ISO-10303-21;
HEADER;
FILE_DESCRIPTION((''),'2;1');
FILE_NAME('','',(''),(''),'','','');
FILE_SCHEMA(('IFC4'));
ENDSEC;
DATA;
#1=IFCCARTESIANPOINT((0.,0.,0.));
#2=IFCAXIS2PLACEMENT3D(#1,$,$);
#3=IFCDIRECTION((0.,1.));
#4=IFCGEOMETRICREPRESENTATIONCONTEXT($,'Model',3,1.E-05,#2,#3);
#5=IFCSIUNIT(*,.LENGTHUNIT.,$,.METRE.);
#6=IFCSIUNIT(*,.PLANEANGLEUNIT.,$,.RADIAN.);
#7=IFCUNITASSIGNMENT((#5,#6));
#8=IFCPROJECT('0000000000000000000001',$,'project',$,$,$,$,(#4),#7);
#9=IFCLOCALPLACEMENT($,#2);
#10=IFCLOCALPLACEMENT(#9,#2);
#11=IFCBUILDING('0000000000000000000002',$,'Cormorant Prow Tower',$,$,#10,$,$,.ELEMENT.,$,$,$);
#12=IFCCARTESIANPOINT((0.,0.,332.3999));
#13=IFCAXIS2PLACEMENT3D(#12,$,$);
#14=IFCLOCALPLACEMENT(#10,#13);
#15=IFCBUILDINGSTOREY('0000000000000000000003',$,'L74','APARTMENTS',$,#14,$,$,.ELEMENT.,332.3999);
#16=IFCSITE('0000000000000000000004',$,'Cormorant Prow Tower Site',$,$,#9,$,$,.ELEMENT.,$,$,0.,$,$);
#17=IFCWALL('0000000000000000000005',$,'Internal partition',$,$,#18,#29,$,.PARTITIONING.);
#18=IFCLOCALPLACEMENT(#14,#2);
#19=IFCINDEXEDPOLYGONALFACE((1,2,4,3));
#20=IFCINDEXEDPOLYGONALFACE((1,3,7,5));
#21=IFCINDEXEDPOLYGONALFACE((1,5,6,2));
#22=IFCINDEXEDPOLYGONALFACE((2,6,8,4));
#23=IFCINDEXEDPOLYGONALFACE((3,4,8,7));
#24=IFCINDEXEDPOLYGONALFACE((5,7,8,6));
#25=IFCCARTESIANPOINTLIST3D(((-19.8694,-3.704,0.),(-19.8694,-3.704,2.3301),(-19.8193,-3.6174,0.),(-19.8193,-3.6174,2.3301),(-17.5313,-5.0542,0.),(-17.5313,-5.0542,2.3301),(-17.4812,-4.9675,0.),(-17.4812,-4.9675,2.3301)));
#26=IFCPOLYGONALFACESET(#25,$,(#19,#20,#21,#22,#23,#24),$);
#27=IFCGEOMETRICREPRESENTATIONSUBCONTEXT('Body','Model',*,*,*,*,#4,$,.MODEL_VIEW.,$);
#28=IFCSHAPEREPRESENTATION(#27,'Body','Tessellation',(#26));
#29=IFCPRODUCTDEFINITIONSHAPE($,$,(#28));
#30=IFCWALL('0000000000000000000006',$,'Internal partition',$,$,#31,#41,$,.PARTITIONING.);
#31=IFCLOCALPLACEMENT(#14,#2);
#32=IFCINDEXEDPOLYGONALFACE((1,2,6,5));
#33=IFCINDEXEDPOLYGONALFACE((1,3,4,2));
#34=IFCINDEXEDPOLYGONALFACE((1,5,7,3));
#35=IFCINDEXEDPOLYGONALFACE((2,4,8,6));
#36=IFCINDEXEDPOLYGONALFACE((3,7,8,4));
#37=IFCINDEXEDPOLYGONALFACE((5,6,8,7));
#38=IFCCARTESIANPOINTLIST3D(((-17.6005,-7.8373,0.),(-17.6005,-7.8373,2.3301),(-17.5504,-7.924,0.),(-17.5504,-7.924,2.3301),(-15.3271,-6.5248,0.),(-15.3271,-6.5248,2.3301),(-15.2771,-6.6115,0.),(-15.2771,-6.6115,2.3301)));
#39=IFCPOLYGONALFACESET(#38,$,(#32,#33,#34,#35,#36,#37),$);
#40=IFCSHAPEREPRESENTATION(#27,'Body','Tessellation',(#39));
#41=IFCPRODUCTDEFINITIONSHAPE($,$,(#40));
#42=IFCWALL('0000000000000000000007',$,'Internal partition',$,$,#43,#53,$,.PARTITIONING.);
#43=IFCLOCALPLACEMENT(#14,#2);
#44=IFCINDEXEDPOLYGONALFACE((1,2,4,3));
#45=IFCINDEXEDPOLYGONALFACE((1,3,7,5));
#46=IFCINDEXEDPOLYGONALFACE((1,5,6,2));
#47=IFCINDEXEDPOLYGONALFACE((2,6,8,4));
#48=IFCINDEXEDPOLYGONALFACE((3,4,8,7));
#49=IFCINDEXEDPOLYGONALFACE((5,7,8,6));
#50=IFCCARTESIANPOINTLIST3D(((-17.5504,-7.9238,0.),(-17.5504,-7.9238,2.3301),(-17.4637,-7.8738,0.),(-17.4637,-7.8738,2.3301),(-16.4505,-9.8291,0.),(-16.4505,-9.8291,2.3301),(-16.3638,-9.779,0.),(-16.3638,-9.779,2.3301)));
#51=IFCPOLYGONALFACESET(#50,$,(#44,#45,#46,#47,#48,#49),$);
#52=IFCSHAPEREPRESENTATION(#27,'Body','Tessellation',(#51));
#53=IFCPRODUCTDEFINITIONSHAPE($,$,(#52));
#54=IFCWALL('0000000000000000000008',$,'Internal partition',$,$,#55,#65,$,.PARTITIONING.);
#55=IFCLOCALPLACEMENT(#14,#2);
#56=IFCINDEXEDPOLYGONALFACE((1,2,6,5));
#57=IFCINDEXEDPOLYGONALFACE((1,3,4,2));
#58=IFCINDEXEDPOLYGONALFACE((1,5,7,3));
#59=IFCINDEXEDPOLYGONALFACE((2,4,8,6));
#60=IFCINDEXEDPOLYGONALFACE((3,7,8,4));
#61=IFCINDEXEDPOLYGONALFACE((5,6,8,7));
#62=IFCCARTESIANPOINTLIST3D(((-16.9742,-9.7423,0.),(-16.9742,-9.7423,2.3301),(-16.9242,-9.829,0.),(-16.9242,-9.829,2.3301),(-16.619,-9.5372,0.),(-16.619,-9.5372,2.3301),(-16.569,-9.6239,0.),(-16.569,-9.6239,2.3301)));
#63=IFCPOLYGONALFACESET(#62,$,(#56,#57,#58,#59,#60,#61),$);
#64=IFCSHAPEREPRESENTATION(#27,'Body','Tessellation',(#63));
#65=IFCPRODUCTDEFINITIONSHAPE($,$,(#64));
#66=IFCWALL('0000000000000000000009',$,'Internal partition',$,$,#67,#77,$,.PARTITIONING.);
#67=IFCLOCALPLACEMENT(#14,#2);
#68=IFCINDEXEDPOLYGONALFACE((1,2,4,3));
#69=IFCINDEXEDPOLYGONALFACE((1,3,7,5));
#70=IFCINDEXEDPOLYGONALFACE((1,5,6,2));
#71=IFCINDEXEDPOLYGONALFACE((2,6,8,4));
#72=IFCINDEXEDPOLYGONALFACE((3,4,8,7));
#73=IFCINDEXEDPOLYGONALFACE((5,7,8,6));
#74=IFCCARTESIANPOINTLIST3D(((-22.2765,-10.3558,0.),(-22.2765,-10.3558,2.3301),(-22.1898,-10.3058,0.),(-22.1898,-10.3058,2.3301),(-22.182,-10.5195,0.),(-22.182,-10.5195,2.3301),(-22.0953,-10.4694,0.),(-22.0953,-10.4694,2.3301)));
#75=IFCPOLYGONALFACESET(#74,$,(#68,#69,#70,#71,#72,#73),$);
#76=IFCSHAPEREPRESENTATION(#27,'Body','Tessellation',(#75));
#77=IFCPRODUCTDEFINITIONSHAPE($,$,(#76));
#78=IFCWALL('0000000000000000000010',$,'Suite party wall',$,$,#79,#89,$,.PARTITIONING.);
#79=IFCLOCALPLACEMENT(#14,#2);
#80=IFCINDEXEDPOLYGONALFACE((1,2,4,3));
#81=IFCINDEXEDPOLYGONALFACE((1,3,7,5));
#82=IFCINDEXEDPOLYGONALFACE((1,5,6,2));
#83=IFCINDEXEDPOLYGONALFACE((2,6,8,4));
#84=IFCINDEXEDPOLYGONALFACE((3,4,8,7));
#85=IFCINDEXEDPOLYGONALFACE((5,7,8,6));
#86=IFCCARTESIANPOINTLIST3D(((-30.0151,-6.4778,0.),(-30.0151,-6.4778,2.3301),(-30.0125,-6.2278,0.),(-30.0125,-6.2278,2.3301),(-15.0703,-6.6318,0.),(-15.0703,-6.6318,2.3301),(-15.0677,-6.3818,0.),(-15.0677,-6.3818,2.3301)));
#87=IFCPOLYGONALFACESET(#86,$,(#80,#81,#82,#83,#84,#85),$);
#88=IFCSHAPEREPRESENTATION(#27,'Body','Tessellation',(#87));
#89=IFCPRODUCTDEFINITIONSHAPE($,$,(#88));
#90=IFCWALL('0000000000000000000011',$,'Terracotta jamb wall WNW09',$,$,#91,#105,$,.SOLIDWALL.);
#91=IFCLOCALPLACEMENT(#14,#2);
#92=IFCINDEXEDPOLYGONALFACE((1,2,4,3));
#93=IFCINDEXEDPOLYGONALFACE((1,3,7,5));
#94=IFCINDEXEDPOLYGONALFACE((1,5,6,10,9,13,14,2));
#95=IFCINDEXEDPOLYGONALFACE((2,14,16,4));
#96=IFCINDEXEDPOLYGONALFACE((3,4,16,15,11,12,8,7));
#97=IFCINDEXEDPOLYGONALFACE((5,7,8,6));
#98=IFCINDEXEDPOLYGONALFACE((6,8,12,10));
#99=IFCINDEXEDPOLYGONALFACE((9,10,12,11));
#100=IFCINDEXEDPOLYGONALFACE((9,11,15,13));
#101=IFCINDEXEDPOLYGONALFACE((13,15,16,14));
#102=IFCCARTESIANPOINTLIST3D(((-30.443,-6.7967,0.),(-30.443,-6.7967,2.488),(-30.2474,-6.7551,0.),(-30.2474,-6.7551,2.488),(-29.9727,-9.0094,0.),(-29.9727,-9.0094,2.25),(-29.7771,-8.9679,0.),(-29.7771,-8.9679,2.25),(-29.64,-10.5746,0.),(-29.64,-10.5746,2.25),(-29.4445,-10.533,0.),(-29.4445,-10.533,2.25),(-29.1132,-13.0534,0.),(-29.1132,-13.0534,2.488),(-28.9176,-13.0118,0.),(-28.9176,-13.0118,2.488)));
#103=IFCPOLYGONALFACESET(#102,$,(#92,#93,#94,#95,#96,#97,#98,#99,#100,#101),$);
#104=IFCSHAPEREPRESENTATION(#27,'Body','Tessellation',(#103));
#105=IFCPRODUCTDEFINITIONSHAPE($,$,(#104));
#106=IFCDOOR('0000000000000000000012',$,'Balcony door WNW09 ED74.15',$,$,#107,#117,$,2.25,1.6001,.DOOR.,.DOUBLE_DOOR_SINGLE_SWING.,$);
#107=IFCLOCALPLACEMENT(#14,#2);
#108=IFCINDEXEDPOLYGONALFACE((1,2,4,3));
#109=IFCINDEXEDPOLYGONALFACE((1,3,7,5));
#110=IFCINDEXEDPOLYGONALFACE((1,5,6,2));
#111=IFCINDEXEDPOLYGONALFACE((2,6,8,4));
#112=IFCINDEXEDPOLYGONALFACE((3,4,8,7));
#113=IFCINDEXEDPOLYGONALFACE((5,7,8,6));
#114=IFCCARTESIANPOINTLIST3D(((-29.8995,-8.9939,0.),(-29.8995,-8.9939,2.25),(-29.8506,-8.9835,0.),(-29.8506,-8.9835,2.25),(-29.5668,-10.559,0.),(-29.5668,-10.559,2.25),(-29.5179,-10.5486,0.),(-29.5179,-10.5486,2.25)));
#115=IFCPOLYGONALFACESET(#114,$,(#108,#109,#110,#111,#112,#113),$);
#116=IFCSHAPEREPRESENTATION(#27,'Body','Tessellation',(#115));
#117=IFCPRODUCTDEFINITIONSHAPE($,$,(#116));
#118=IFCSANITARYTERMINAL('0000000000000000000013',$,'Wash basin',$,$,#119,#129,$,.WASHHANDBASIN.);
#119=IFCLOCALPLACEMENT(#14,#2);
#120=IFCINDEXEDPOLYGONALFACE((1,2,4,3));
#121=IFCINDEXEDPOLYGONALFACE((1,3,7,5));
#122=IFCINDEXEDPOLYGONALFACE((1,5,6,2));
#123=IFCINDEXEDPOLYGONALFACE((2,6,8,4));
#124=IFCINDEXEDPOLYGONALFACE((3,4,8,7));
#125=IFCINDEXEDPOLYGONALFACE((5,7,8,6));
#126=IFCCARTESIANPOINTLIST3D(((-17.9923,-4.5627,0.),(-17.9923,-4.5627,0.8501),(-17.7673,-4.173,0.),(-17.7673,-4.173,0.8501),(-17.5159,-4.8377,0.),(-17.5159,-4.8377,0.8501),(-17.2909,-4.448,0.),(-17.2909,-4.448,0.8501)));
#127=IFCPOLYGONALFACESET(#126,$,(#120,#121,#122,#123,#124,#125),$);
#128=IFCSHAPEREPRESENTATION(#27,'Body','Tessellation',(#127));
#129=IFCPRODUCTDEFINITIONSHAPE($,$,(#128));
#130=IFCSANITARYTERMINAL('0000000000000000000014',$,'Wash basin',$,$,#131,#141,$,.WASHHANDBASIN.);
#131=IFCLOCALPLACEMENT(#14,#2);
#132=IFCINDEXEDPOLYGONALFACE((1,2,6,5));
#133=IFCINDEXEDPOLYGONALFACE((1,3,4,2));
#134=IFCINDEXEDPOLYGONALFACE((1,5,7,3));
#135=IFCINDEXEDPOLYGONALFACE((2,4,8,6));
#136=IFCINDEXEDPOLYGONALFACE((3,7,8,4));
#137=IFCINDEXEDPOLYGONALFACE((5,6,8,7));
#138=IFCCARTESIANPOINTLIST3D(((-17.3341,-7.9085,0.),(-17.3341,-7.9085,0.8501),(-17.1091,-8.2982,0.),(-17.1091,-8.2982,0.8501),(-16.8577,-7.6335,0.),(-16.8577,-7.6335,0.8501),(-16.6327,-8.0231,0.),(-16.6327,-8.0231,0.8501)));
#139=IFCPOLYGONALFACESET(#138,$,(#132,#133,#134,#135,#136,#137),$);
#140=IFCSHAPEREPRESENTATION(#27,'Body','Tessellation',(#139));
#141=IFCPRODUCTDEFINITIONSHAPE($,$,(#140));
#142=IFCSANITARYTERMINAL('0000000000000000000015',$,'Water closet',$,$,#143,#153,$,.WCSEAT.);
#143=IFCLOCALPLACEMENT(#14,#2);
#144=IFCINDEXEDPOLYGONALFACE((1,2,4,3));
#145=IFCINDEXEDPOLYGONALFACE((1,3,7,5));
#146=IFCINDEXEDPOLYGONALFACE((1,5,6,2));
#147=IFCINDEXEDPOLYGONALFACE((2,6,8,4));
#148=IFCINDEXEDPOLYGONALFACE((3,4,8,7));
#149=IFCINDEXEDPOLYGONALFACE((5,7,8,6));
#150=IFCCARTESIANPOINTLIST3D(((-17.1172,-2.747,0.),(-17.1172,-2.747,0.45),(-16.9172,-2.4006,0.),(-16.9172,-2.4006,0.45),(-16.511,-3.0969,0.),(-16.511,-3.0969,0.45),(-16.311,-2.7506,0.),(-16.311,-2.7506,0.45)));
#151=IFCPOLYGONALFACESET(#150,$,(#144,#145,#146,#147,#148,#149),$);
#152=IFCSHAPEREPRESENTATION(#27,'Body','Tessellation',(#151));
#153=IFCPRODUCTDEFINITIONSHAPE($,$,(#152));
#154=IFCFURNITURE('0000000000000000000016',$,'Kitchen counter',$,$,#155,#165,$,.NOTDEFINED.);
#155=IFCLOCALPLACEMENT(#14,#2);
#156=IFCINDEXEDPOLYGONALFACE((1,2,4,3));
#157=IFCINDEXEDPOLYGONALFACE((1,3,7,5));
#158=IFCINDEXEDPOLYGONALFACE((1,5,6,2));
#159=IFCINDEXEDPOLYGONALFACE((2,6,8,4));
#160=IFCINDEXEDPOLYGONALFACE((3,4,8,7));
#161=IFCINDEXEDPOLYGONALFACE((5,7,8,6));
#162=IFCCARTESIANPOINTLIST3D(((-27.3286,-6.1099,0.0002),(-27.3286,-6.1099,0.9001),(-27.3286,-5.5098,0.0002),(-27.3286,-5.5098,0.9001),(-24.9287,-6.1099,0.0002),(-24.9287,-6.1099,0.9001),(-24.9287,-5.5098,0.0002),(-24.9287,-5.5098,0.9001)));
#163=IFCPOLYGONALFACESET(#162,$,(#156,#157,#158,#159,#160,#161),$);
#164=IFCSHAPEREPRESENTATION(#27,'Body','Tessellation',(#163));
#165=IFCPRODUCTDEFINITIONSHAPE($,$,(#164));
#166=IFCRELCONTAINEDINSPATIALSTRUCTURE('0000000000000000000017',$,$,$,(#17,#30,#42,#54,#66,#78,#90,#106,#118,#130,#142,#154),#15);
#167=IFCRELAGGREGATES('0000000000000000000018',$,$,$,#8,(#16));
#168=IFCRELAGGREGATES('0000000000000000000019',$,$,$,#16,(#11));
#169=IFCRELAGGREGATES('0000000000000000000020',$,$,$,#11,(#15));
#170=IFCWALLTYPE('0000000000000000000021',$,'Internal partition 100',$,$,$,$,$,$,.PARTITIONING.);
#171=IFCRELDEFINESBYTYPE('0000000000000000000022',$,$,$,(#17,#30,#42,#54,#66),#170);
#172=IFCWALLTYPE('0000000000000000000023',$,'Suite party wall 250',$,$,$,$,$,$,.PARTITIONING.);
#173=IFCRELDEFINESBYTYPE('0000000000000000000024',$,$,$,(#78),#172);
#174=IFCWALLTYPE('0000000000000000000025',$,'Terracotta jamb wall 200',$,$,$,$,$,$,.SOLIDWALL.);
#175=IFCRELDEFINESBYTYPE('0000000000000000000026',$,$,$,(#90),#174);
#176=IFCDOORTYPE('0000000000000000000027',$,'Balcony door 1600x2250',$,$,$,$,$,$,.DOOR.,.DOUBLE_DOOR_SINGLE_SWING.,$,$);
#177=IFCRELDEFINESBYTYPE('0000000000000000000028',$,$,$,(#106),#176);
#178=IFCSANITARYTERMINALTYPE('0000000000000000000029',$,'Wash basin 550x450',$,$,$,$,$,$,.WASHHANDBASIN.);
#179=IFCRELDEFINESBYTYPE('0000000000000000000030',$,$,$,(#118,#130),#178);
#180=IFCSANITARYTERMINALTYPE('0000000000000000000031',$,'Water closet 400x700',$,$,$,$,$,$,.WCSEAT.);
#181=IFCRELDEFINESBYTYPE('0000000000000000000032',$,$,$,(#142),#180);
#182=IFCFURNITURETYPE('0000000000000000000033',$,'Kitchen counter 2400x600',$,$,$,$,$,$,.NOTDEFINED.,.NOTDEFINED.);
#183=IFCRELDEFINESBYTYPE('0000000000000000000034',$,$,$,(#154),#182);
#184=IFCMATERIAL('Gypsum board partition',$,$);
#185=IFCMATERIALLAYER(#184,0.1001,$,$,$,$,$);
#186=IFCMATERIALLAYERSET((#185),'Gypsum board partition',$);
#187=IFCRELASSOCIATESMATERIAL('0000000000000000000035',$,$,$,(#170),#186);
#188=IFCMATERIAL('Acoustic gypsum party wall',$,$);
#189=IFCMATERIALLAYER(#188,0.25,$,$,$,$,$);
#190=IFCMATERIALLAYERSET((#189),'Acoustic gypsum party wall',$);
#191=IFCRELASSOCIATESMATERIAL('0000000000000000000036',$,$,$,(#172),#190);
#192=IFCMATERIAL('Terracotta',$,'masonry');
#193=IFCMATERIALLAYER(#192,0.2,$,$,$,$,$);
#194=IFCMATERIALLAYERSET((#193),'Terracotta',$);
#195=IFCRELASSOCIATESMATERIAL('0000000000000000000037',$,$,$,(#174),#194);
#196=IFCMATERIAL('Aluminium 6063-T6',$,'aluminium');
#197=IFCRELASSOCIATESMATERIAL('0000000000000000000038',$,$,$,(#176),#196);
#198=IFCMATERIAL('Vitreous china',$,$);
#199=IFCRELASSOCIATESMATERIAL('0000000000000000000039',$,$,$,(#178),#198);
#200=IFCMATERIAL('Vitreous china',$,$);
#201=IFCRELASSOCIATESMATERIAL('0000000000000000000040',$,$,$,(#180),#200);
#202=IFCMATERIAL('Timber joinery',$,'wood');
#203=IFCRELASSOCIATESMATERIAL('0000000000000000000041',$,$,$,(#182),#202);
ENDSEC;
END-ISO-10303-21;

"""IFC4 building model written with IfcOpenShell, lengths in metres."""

from ifc_helpers import new_model, si_unit, direction, frame, frame_2d, origin, origin_2d, place, context, subcontext, project, spatial, rectangle, extrude, material, layer, layer_set, type_object, element, fill, save


model = new_model("IFC4")

# Units and contexts
model_context = context("Model", 3, precision=1e-05, world=origin(), true_north=direction((0.0, 1.0)))
body_context = subcontext(model_context, "Body", "Model", "MODEL_VIEW")
ifc_project = project(units=[si_unit("LENGTHUNIT", "METRE"), si_unit("PLANEANGLEUNIT", "RADIAN")], contexts=[model_context])

# Site, building, storey
site_placement = place(None, origin())
site = spatial("IfcSite", under=ifc_project, at=site_placement, Name="Cormorant Prow Tower Site", CompositionType="ELEMENT", RefElevation=0.0)
building_placement = place(site_placement, origin())
building = spatial("IfcBuilding", under=site, at=building_placement, Name="Cormorant Prow Tower", CompositionType="ELEMENT")
storey_placement = place(building_placement, frame((0.0, 0.0, 332.3999)))
storey = spatial("IfcBuildingStorey", under=building, at=storey_placement, Name="L74", Description="APARTMENTS", CompositionType="ELEMENT", Elevation=332.3999)

# Shared definitions
ifc_material_1 = material(Name="Gypsum board partition")
ifc_layer_1 = layer(ifc_material_1, 0.1001)
ifc_layer_set_1 = layer_set([ifc_layer_1], Name="Gypsum board partition")
wall_type_1 = type_object("IfcWallType", Name="Internal partition 100", PredefinedType="PARTITIONING", material=ifc_layer_set_1)

# Walls
wall_1_placement = place(storey_placement, frame((-19.8445, -3.6606, 0.0), z_axis=(0.0, 0.0, 1.0), x_axis=(0.865997, -0.500049, 0.0)))
element("IfcWall", 1, at=wall_1_placement, inside=storey, type_object=wall_type_1, Name="Internal partition", PredefinedType="PARTITIONING", context=body_context, shape_type="SweptSolid", body=[
    extrude(rectangle(XDim=2.7, YDim=0.1001, at=frame_2d((1.3501, 0.0))), origin(), (0.0, 0.0, 1.0), 2.3301),
])
wall_2_placement = place(storey_placement, frame((-17.5754, -7.8806, 0.0), z_axis=(0.0, 0.0, 1.0), x_axis=(0.866037, 0.49998, 0.0)))
element("IfcWall", 2, at=wall_2_placement, inside=storey, type_object=wall_type_1, Name="Internal partition", PredefinedType="PARTITIONING", context=body_context, shape_type="SweptSolid", body=[
    extrude(rectangle(XDim=2.625, YDim=0.1001, at=frame_2d((1.3125, 0.0))), origin(), (0.0, 0.0, 1.0), 2.3301),
])
wall_3_placement = place(storey_placement, frame((-17.5071, -7.8987, 0.0), z_axis=(0.0, 0.0, 1.0), x_axis=(0.499947, -0.866056, 0.0)))
element("IfcWall", 3, at=wall_3_placement, inside=storey, type_object=wall_type_1, Name="Internal partition", PredefinedType="PARTITIONING", context=body_context, shape_type="SweptSolid", body=[
    extrude(rectangle(XDim=2.2, YDim=0.1001, at=frame_2d((1.1001, 0.0))), origin(), (0.0, 0.0, 1.0), 2.3301),
])
wall_4_placement = place(storey_placement, frame((-16.9492, -9.7856, 0.0), z_axis=(0.0, 0.0, 1.0), x_axis=(0.866037, 0.49998, 0.0)))
element("IfcWall", 4, at=wall_4_placement, inside=storey, type_object=wall_type_1, Name="Internal partition", PredefinedType="PARTITIONING", context=body_context, shape_type="SweptSolid", body=[
    extrude(rectangle(XDim=0.4102, YDim=0.1001, at=frame_2d((0.2051, 0.0))), origin(), (0.0, 0.0, 1.0), 2.3301),
])
wall_5_placement = place(storey_placement, frame((-22.2332, -10.3308, 0.0), z_axis=(0.0, 0.0, 1.0), x_axis=(0.50017, -0.865927, 0.0)))
element("IfcWall", 5, at=wall_5_placement, inside=storey, type_object=wall_type_1, Name="Internal partition", PredefinedType="PARTITIONING", context=body_context, shape_type="SweptSolid", body=[
    extrude(rectangle(XDim=0.189, YDim=0.1001, at=frame_2d((0.0945, 0.0))), origin(), (0.0, 0.0, 1.0), 2.3301),
])
ifc_material_2 = material(Name="Acoustic gypsum party wall")
ifc_layer_2 = layer(ifc_material_2, 0.25)
ifc_layer_set_2 = layer_set([ifc_layer_2], Name="Acoustic gypsum party wall")
wall_type_2 = type_object("IfcWallType", Name="Suite party wall 250", PredefinedType="PARTITIONING", material=ifc_layer_set_2)
wall_6_placement = place(storey_placement, frame((-30.0137, -6.3528, 0.0), z_axis=(0.0, 0.0, 1.0), x_axis=(0.999947, -0.010308, 0.0)))
element("IfcWall", 6, at=wall_6_placement, inside=storey, type_object=wall_type_2, Name="Suite party wall", PredefinedType="PARTITIONING", context=body_context, shape_type="SweptSolid", body=[
    extrude(rectangle(XDim=14.9456, YDim=0.25, at=frame_2d((7.4727, 0.0))), origin(), (0.0, 0.0, 1.0), 2.3301),
])

# Wall, opening, door
ifc_material_3 = material(Name="Terracotta", Category="masonry")
ifc_layer_3 = layer(ifc_material_3, 0.2)
ifc_layer_set_3 = layer_set([ifc_layer_3], Name="Terracotta")
wall_type_3 = type_object("IfcWallType", Name="Terracotta jamb wall 200", PredefinedType="SOLIDWALL", material=ifc_layer_set_3)
wall_7_placement = place(storey_placement, frame((-30.3452, -6.7759, 0.0), z_axis=(0.0, 0.0, 1.0), x_axis=(0.207897, -0.978151, 0.0)))
wall_7 = element("IfcWall", 7, at=wall_7_placement, inside=storey, type_object=wall_type_3, Name="Terracotta jamb wall WNW09", PredefinedType="SOLIDWALL", context=body_context, shape_type="SweptSolid", body=[
    extrude(rectangle(XDim=6.3965, YDim=0.2, at=frame_2d((3.1982, 0.0))), origin(), (0.0, 0.0, 1.0), 2.488),
])
opening_1_placement = place(wall_7_placement, frame((2.2622, 0.0, 0.0)))
opening_1 = element("IfcOpeningElement", 8, at=opening_1_placement, cuts=wall_7, PredefinedType="OPENING", context=body_context, shape_type="SweptSolid", body=[
    extrude(rectangle(XDim=1.6001, YDim=2.25, at=frame_2d((0.8, 1.125))), frame((0.0, 0.1099, 0.0), z_axis=(0.0, -1.0, 0.0), x_axis=(1.0, 0.0, 0.0)), (0.0, 0.0, 1.0), 0.22),
])
ifc_material_4 = material(Name="Aluminium 6063-T6", Category="aluminium")
door_type_1 = type_object("IfcDoorType", Name="Balcony door 1600x2250", OperationType="DOUBLE_DOOR_SINGLE_SWING", PredefinedType="DOOR", material=ifc_material_4)
door_1_placement = place(opening_1_placement, origin())
door_1 = element("IfcDoor", 9, at=door_1_placement, inside=storey, type_object=door_type_1, Name="Balcony door WNW09 ED74.15", OperationType="DOUBLE_DOOR_SINGLE_SWING", OverallHeight=2.25, OverallWidth=1.6001, PredefinedType="DOOR", context=body_context, shape_type="SweptSolid", body=[
    extrude(rectangle(XDim=1.6001, YDim=2.25, at=frame_2d((0.8, 1.125))), frame((0.0, 0.0249, 0.0), z_axis=(0.0, -1.0, 0.0), x_axis=(1.0, 0.0, 0.0)), (0.0, 0.0, 1.0), 0.05),
])
fill(opening_1, door_1)

# Sanitary terminals
ifc_material_5 = material(Name="Vitreous china")
sanitary_terminal_type_1 = type_object("IfcSanitaryTerminalType", Name="Wash basin 550x450", PredefinedType="WASHHANDBASIN", material=ifc_material_5)
for number, where, z_axis, x_axis, name in (
    (10, (-17.6416, -4.5054, 0.0), (0.0, 0.0, 1.0), (-0.866025, 0.5, 0.0), "Wash basin"),
    (11, (-16.9834, -7.9658, 0.0), (0.0, 0.0, 1.0), (0.866025, 0.5, 0.0), "Wash basin"),
):
    element("IfcSanitaryTerminal", number, at=place(storey_placement, frame(where, z_axis=z_axis, x_axis=x_axis)), inside=storey, type_object=sanitary_terminal_type_1, Name=name, PredefinedType="WASHHANDBASIN", context=body_context, shape_type="SweptSolid", body=[
        extrude(rectangle(XDim=0.55, YDim=0.45, at=origin_2d()), origin(), (0.0, 0.0, 1.0), 0.8501),
    ])
ifc_material_6 = material(Name="Vitreous china")
sanitary_terminal_type_2 = type_object("IfcSanitaryTerminalType", Name="Water closet 400x700", PredefinedType="WCSEAT", material=ifc_material_6)
sanitary_terminal_placement = place(storey_placement, frame((-16.7141, -2.7488, 0.0), z_axis=(0.0, 0.0, 1.0), x_axis=(-0.5, -0.866025, 0.0)))
element("IfcSanitaryTerminal", 12, at=sanitary_terminal_placement, inside=storey, type_object=sanitary_terminal_type_2, Name="Water closet", PredefinedType="WCSEAT", context=body_context, shape_type="SweptSolid", body=[
    extrude(rectangle(XDim=0.3999, YDim=0.7, at=origin_2d()), origin(), (0.0, 0.0, 1.0), 0.45),
])

# Furniture
ifc_material_7 = material(Name="Timber joinery", Category="wood")
furniture_type = type_object("IfcFurnitureType", Name="Kitchen counter 2400x600", AssemblyPlace="NOTDEFINED", PredefinedType="NOTDEFINED", material=ifc_material_7)
furniture_placement = place(storey_placement, frame((-26.1287, -5.8098, 0.0002), z_axis=(0.0, 0.0, 1.0), x_axis=(1.0, 0.0, 0.0)))
element("IfcFurniture", 13, at=furniture_placement, inside=storey, type_object=furniture_type, Name="Kitchen counter", PredefinedType="NOTDEFINED", context=body_context, shape_type="SweptSolid", body=[
    extrude(rectangle(XDim=2.3999, YDim=0.6001, at=origin_2d()), origin(), (0.0, 0.0, 1.0), 0.8999),
])

save(model, "model.ifc")
